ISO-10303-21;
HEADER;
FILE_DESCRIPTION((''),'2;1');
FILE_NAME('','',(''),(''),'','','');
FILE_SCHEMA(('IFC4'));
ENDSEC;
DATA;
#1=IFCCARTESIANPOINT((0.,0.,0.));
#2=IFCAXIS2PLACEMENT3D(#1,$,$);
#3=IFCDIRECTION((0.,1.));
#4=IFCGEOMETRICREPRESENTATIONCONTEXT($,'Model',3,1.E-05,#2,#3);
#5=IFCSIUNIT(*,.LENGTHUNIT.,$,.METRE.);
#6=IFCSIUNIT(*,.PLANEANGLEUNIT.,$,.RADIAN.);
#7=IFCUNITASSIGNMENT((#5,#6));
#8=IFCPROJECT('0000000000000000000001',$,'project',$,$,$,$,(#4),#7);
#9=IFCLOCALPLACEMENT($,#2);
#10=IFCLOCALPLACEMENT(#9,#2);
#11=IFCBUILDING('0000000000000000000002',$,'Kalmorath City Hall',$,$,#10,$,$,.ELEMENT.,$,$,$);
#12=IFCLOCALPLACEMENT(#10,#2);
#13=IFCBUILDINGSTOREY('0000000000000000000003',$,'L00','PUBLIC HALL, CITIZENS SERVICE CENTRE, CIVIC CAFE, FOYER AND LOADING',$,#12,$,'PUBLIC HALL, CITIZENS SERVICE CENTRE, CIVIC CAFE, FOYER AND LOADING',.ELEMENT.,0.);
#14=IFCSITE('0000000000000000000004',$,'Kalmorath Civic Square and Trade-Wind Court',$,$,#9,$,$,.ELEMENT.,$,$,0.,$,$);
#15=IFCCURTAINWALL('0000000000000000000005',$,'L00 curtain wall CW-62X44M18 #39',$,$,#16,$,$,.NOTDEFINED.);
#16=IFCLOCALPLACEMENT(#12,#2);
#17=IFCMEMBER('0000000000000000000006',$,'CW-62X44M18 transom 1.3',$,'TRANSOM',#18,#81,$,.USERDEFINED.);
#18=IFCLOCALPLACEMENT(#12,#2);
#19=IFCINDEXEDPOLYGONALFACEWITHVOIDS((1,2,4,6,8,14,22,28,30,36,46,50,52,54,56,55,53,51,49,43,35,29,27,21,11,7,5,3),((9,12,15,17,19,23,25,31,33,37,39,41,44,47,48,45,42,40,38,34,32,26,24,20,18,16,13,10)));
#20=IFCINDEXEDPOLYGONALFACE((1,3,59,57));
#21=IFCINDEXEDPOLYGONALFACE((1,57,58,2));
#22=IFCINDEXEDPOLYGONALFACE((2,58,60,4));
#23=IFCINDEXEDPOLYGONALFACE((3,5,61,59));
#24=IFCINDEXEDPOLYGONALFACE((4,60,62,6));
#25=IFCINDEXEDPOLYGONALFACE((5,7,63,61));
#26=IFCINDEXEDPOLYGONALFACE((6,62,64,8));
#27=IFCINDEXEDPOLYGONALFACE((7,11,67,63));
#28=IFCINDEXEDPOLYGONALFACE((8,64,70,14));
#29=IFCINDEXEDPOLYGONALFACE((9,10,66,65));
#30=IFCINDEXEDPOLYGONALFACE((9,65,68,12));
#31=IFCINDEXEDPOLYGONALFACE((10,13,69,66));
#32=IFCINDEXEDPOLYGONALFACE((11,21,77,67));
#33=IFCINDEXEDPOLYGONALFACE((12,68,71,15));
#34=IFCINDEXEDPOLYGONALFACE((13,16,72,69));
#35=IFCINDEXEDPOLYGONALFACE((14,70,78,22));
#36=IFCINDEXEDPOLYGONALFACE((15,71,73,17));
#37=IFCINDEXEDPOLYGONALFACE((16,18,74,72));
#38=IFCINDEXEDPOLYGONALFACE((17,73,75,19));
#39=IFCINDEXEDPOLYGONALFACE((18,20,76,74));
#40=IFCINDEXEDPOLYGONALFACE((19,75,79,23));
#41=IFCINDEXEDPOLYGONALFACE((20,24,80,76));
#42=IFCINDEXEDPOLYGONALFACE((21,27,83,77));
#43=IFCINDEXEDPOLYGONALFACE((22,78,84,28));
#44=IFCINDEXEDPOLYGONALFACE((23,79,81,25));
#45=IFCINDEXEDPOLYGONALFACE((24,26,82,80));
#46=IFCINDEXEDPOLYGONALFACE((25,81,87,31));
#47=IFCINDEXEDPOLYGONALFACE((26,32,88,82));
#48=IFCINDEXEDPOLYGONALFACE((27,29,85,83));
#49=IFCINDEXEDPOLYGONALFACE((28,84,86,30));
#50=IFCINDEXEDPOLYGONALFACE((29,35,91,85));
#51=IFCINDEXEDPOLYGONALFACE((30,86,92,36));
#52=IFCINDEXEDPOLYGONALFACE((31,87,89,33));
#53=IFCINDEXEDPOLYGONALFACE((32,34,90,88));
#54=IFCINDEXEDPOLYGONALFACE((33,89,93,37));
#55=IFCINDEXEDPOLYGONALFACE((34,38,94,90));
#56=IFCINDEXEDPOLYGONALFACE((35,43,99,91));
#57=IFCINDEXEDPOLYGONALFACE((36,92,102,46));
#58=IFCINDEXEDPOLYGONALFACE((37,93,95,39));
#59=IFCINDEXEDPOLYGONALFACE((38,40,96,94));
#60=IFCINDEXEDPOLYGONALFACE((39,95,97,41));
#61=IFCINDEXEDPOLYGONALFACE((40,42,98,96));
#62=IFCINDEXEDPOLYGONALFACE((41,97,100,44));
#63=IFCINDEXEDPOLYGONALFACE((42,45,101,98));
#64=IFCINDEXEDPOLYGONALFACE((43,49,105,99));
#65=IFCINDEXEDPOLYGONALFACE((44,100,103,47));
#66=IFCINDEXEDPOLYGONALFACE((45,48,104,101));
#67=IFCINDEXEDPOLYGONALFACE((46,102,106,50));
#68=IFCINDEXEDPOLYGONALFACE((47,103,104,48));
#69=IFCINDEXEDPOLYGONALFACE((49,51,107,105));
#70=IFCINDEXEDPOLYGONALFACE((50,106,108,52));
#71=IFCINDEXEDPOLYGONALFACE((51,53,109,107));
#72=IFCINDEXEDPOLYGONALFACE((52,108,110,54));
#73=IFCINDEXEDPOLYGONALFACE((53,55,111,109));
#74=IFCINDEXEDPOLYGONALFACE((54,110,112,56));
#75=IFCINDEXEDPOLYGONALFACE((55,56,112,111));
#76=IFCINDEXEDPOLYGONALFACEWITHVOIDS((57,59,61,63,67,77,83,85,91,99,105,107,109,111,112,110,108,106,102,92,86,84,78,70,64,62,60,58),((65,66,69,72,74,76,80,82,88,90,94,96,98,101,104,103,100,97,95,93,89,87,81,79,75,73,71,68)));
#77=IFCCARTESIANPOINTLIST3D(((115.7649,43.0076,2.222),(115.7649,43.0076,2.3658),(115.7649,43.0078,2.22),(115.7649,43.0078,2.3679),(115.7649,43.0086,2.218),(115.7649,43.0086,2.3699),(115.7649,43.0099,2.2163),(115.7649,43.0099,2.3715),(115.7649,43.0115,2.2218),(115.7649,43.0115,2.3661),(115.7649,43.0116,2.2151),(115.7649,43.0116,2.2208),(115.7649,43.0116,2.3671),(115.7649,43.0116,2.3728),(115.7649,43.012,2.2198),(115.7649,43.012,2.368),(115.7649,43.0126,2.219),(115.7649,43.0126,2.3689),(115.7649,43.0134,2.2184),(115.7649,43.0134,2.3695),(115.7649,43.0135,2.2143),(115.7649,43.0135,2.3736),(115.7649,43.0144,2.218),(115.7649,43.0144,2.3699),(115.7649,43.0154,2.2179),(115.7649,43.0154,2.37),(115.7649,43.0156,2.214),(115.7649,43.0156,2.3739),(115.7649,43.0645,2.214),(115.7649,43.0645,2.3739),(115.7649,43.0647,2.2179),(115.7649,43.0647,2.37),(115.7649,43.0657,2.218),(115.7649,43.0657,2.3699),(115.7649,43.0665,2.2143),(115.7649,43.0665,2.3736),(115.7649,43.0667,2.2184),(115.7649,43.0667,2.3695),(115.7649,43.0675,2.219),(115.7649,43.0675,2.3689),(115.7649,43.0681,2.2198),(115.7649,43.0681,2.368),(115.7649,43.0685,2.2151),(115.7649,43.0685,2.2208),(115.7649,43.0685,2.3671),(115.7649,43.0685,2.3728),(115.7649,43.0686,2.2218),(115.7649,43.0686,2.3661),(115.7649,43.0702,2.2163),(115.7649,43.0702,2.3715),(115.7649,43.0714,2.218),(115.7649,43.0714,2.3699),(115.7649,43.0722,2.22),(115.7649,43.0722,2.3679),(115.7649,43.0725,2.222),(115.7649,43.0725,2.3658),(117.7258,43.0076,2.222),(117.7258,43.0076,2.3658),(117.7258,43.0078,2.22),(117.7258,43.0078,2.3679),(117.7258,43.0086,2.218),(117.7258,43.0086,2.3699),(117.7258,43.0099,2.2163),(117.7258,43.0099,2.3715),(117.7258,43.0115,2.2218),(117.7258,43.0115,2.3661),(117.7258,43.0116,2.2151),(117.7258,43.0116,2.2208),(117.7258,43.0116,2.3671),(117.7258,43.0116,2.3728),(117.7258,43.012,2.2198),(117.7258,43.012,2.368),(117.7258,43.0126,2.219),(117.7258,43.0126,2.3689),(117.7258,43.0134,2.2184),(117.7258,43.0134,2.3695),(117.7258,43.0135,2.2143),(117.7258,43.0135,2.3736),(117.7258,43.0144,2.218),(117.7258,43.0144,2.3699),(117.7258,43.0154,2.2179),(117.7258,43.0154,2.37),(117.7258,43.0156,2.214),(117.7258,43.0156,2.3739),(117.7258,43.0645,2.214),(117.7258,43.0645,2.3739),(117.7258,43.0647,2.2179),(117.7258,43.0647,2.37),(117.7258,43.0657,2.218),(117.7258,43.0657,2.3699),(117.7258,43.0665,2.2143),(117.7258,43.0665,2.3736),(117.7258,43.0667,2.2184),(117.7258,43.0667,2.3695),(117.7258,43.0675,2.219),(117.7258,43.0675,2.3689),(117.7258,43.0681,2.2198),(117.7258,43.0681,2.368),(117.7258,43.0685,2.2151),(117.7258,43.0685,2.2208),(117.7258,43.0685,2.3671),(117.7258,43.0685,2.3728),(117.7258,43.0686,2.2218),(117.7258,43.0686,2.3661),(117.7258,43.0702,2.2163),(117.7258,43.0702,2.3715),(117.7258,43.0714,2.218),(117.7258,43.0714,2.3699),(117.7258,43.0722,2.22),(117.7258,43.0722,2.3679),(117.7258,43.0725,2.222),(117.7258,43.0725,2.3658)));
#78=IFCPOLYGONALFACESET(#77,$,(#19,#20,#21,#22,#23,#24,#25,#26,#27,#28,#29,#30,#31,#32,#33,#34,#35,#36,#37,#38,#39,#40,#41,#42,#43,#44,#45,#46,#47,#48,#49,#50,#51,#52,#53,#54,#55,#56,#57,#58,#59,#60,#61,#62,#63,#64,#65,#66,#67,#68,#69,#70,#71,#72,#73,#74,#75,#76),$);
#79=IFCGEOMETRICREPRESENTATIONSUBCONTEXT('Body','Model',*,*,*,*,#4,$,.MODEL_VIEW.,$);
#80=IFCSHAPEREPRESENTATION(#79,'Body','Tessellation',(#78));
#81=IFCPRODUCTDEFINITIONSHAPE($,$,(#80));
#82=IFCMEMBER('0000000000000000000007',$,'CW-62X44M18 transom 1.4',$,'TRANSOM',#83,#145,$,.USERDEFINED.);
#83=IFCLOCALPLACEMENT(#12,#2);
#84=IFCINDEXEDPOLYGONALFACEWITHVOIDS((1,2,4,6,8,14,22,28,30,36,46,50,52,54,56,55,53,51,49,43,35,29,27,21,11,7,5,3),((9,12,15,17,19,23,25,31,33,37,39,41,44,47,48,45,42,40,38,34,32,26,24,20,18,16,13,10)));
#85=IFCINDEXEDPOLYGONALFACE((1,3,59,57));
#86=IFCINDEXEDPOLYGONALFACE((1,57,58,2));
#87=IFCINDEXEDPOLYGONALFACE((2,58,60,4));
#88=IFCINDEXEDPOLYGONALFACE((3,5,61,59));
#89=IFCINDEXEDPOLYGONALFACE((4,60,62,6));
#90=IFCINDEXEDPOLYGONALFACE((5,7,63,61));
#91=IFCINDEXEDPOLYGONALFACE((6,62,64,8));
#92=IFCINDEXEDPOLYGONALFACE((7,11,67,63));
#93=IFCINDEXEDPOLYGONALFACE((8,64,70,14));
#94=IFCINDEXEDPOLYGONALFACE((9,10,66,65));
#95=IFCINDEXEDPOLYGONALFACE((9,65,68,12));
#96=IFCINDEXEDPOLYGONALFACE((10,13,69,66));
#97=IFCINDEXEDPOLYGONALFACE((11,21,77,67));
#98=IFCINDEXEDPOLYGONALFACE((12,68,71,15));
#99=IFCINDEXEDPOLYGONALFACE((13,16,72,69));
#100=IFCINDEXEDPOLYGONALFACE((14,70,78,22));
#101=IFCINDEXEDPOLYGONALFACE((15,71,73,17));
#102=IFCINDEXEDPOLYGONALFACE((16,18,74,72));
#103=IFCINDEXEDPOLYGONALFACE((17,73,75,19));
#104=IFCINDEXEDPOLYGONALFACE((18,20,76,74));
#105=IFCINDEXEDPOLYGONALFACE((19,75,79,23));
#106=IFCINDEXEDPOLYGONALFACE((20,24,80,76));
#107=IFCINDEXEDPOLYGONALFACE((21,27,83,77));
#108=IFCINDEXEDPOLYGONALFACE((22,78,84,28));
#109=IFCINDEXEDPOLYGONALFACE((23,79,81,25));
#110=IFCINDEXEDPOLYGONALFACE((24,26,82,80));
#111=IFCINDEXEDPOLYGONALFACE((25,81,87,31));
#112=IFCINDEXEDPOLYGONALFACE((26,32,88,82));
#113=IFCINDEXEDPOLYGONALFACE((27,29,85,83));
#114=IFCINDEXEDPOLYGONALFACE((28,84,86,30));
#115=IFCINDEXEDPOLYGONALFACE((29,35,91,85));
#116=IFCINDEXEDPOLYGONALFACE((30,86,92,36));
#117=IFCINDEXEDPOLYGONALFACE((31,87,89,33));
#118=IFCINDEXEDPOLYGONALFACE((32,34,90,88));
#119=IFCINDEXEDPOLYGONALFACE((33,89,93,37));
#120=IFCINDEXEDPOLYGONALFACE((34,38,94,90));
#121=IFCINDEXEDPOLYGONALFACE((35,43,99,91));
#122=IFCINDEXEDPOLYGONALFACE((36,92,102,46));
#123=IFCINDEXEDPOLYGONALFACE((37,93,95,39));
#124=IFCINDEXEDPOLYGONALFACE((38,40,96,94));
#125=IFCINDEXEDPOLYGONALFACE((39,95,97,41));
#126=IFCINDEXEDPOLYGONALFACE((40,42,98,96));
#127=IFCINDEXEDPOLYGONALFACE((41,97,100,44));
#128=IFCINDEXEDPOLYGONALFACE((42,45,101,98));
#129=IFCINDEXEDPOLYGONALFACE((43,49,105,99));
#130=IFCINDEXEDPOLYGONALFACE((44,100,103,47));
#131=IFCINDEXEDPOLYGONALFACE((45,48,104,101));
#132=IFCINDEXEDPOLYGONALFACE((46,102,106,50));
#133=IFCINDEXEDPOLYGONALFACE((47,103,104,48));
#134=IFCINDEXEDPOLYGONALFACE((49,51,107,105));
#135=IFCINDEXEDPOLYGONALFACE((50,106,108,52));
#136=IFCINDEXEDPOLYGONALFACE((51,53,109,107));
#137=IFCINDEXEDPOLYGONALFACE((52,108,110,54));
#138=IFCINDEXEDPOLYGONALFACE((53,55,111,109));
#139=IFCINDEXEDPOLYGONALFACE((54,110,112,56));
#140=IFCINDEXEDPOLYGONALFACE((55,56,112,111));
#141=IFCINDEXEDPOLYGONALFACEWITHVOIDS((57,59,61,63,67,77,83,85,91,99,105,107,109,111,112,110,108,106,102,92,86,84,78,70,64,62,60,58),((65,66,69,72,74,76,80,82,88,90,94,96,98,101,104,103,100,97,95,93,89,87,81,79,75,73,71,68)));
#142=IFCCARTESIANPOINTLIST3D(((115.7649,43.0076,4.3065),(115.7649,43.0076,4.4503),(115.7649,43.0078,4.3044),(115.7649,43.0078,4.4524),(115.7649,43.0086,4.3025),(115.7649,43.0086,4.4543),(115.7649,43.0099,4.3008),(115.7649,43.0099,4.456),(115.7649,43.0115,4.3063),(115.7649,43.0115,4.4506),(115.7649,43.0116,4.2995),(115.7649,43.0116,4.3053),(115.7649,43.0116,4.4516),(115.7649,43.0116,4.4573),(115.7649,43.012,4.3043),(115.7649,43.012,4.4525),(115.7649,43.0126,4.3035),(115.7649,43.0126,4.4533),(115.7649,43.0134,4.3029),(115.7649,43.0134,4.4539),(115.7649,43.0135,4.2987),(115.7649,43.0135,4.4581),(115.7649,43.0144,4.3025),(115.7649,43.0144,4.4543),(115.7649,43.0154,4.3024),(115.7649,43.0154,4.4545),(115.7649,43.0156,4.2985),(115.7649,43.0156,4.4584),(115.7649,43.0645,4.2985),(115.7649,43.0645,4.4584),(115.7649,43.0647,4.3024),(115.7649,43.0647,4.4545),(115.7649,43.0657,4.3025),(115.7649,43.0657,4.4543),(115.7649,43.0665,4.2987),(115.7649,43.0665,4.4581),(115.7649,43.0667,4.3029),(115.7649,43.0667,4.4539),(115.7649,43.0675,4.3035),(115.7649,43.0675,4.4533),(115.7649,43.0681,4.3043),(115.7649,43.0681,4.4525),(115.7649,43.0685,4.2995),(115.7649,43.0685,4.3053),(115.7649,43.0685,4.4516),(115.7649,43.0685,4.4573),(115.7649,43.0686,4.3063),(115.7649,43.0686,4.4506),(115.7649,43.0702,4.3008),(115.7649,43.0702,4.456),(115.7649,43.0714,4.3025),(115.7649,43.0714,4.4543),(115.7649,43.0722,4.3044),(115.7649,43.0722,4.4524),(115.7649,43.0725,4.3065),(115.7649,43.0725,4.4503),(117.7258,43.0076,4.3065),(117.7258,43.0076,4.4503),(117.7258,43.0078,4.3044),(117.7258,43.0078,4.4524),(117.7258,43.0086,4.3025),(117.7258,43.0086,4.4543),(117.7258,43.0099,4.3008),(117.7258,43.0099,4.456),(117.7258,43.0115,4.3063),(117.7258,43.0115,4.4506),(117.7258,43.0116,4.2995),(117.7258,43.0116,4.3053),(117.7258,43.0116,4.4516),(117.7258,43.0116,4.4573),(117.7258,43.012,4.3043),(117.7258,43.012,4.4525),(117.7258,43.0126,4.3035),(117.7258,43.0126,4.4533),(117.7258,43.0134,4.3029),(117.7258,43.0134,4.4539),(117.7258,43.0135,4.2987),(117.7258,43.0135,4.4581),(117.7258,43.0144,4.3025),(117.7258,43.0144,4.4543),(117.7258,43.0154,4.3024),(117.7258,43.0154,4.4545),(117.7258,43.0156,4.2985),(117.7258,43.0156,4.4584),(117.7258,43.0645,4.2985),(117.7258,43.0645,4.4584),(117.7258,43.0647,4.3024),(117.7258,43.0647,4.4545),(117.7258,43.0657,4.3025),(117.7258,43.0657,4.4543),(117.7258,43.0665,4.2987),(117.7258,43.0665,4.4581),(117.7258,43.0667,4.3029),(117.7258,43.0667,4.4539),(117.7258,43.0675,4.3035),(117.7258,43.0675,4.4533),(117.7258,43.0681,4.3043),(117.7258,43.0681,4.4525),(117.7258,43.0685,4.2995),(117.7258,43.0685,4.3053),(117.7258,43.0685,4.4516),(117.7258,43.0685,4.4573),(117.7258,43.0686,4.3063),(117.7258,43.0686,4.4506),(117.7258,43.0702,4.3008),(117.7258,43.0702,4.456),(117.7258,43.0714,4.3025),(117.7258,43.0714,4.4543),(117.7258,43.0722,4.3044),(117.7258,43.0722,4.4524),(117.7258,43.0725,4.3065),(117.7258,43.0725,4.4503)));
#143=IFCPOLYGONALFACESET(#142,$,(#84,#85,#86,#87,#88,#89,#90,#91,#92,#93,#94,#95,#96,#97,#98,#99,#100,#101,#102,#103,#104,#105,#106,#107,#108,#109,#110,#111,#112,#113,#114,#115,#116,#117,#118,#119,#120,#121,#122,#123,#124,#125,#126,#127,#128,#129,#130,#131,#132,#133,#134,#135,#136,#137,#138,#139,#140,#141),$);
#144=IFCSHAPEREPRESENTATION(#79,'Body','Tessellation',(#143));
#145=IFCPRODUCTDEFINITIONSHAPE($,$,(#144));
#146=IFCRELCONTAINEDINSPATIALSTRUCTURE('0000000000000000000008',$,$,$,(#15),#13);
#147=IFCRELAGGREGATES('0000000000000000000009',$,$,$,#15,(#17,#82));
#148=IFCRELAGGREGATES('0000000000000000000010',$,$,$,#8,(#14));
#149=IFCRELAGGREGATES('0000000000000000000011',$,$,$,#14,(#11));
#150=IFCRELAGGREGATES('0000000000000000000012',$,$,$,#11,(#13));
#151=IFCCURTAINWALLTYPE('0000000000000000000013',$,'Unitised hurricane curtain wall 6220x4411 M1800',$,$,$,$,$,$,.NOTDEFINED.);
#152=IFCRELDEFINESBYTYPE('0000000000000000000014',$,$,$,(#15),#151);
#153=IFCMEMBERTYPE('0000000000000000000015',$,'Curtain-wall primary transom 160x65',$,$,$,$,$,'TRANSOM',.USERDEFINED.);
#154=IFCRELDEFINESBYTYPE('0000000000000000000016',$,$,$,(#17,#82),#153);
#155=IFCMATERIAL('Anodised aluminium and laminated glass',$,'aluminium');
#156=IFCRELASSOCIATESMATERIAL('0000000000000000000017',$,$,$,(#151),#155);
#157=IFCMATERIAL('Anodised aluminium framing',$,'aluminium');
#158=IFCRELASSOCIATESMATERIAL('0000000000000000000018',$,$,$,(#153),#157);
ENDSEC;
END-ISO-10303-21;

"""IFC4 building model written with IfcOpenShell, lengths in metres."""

from ifc_helpers import new_model, si_unit, direction, frame, origin, origin_2d, place, context, subcontext, project, spatial, hollow_rectangle, extrude, material, material_profile, profile_set, type_object, element, aggregate, save


model = new_model("IFC4")

# Units and contexts
model_context = context("Model", 3, precision=1e-05, world=origin(), true_north=direction((0.0, 1.0)))
body_context = subcontext(model_context, "Body", "Model", "MODEL_VIEW")
ifc_project = project(units=[si_unit("LENGTHUNIT", "METRE"), si_unit("PLANEANGLEUNIT", "RADIAN")], contexts=[model_context])

# Site, building, storey
site_placement = place(None, origin())
site = spatial("IfcSite", under=ifc_project, at=site_placement, Name="Kalmorath Civic Square and Trade-Wind Court", CompositionType="ELEMENT", RefElevation=0.0)
building_placement = place(site_placement, origin())
building = spatial("IfcBuilding", under=site, at=building_placement, Name="Kalmorath City Hall", CompositionType="ELEMENT")
storey_placement = place(building_placement, origin())
storey = spatial("IfcBuildingStorey", under=building, at=storey_placement, Name="L00", Description="PUBLIC HALL, CITIZENS SERVICE CENTRE, CIVIC CAFE, FOYER AND LOADING", LongName="PUBLIC HALL, CITIZENS SERVICE CENTRE, CIVIC CAFE, FOYER AND LOADING", CompositionType="ELEMENT", Elevation=0.0)

# Curtain wall, members
ifc_material_1 = material(Name="Anodised aluminium and laminated glass", Category="aluminium")
curtain_wall_type = type_object("IfcCurtainWallType", Name="Unitised hurricane curtain wall 6220x4411 M1800", PredefinedType="NOTDEFINED", material=ifc_material_1)
curtain_wall_placement = place(storey_placement, origin())
curtain_wall = element("IfcCurtainWall", 1, at=curtain_wall_placement, inside=storey, type_object=curtain_wall_type, Name="L00 curtain wall CW-62X44M18 #39", PredefinedType="NOTDEFINED")
ifc_material_2 = material(Name="Anodised aluminium framing", Category="aluminium")
ifc_material_profile_1 = material_profile(ifc_material_2, hollow_rectangle(XDim=0.0649, YDim=0.1599, WallThickness=0.0039, InnerFilletRadius=0.0039, OuterFilletRadius=0.0081, at=origin_2d()), Name="ALU-TRN-160X65X4")
ifc_profile_set_1 = profile_set([ifc_material_profile_1], Name="Anodised aluminium framing")
member_type_1 = type_object("IfcMemberType", Name="Curtain-wall primary transom 160x65", ElementType="TRANSOM", PredefinedType="USERDEFINED", material=ifc_profile_set_1)
member_1_placement = place(storey_placement, frame((115.7649, 43.04, 2.2939), z_axis=(1.0, 0.0, 0.0), x_axis=(0.0, 1.0, 0.0)))
member_1 = element("IfcMember", 2, at=member_1_placement, type_object=member_type_1, Name="CW-62X44M18 transom 1.3", ObjectType="TRANSOM", PredefinedType="USERDEFINED", context=body_context, shape_type="SweptSolid", body=[
    extrude(hollow_rectangle(XDim=0.0649, YDim=0.1599, WallThickness=0.0039, InnerFilletRadius=0.0039, OuterFilletRadius=0.0081, at=origin_2d()), origin(), (0.0, 0.0, 1.0), 1.9609),
])
member_2_placement = place(storey_placement, frame((115.7649, 43.04, 4.3784), z_axis=(1.0, 0.0, 0.0), x_axis=(0.0, 1.0, 0.0)))
member_2 = element("IfcMember", 3, at=member_2_placement, type_object=member_type_1, Name="CW-62X44M18 transom 1.4", ObjectType="TRANSOM", PredefinedType="USERDEFINED", context=body_context, shape_type="SweptSolid", body=[
    extrude(hollow_rectangle(XDim=0.0649, YDim=0.1599, WallThickness=0.0039, InnerFilletRadius=0.0039, OuterFilletRadius=0.0081, at=origin_2d()), origin(), (0.0, 0.0, 1.0), 1.9609),
])
aggregate(curtain_wall, [member_1, member_2])

save(model, "model.ifc")
